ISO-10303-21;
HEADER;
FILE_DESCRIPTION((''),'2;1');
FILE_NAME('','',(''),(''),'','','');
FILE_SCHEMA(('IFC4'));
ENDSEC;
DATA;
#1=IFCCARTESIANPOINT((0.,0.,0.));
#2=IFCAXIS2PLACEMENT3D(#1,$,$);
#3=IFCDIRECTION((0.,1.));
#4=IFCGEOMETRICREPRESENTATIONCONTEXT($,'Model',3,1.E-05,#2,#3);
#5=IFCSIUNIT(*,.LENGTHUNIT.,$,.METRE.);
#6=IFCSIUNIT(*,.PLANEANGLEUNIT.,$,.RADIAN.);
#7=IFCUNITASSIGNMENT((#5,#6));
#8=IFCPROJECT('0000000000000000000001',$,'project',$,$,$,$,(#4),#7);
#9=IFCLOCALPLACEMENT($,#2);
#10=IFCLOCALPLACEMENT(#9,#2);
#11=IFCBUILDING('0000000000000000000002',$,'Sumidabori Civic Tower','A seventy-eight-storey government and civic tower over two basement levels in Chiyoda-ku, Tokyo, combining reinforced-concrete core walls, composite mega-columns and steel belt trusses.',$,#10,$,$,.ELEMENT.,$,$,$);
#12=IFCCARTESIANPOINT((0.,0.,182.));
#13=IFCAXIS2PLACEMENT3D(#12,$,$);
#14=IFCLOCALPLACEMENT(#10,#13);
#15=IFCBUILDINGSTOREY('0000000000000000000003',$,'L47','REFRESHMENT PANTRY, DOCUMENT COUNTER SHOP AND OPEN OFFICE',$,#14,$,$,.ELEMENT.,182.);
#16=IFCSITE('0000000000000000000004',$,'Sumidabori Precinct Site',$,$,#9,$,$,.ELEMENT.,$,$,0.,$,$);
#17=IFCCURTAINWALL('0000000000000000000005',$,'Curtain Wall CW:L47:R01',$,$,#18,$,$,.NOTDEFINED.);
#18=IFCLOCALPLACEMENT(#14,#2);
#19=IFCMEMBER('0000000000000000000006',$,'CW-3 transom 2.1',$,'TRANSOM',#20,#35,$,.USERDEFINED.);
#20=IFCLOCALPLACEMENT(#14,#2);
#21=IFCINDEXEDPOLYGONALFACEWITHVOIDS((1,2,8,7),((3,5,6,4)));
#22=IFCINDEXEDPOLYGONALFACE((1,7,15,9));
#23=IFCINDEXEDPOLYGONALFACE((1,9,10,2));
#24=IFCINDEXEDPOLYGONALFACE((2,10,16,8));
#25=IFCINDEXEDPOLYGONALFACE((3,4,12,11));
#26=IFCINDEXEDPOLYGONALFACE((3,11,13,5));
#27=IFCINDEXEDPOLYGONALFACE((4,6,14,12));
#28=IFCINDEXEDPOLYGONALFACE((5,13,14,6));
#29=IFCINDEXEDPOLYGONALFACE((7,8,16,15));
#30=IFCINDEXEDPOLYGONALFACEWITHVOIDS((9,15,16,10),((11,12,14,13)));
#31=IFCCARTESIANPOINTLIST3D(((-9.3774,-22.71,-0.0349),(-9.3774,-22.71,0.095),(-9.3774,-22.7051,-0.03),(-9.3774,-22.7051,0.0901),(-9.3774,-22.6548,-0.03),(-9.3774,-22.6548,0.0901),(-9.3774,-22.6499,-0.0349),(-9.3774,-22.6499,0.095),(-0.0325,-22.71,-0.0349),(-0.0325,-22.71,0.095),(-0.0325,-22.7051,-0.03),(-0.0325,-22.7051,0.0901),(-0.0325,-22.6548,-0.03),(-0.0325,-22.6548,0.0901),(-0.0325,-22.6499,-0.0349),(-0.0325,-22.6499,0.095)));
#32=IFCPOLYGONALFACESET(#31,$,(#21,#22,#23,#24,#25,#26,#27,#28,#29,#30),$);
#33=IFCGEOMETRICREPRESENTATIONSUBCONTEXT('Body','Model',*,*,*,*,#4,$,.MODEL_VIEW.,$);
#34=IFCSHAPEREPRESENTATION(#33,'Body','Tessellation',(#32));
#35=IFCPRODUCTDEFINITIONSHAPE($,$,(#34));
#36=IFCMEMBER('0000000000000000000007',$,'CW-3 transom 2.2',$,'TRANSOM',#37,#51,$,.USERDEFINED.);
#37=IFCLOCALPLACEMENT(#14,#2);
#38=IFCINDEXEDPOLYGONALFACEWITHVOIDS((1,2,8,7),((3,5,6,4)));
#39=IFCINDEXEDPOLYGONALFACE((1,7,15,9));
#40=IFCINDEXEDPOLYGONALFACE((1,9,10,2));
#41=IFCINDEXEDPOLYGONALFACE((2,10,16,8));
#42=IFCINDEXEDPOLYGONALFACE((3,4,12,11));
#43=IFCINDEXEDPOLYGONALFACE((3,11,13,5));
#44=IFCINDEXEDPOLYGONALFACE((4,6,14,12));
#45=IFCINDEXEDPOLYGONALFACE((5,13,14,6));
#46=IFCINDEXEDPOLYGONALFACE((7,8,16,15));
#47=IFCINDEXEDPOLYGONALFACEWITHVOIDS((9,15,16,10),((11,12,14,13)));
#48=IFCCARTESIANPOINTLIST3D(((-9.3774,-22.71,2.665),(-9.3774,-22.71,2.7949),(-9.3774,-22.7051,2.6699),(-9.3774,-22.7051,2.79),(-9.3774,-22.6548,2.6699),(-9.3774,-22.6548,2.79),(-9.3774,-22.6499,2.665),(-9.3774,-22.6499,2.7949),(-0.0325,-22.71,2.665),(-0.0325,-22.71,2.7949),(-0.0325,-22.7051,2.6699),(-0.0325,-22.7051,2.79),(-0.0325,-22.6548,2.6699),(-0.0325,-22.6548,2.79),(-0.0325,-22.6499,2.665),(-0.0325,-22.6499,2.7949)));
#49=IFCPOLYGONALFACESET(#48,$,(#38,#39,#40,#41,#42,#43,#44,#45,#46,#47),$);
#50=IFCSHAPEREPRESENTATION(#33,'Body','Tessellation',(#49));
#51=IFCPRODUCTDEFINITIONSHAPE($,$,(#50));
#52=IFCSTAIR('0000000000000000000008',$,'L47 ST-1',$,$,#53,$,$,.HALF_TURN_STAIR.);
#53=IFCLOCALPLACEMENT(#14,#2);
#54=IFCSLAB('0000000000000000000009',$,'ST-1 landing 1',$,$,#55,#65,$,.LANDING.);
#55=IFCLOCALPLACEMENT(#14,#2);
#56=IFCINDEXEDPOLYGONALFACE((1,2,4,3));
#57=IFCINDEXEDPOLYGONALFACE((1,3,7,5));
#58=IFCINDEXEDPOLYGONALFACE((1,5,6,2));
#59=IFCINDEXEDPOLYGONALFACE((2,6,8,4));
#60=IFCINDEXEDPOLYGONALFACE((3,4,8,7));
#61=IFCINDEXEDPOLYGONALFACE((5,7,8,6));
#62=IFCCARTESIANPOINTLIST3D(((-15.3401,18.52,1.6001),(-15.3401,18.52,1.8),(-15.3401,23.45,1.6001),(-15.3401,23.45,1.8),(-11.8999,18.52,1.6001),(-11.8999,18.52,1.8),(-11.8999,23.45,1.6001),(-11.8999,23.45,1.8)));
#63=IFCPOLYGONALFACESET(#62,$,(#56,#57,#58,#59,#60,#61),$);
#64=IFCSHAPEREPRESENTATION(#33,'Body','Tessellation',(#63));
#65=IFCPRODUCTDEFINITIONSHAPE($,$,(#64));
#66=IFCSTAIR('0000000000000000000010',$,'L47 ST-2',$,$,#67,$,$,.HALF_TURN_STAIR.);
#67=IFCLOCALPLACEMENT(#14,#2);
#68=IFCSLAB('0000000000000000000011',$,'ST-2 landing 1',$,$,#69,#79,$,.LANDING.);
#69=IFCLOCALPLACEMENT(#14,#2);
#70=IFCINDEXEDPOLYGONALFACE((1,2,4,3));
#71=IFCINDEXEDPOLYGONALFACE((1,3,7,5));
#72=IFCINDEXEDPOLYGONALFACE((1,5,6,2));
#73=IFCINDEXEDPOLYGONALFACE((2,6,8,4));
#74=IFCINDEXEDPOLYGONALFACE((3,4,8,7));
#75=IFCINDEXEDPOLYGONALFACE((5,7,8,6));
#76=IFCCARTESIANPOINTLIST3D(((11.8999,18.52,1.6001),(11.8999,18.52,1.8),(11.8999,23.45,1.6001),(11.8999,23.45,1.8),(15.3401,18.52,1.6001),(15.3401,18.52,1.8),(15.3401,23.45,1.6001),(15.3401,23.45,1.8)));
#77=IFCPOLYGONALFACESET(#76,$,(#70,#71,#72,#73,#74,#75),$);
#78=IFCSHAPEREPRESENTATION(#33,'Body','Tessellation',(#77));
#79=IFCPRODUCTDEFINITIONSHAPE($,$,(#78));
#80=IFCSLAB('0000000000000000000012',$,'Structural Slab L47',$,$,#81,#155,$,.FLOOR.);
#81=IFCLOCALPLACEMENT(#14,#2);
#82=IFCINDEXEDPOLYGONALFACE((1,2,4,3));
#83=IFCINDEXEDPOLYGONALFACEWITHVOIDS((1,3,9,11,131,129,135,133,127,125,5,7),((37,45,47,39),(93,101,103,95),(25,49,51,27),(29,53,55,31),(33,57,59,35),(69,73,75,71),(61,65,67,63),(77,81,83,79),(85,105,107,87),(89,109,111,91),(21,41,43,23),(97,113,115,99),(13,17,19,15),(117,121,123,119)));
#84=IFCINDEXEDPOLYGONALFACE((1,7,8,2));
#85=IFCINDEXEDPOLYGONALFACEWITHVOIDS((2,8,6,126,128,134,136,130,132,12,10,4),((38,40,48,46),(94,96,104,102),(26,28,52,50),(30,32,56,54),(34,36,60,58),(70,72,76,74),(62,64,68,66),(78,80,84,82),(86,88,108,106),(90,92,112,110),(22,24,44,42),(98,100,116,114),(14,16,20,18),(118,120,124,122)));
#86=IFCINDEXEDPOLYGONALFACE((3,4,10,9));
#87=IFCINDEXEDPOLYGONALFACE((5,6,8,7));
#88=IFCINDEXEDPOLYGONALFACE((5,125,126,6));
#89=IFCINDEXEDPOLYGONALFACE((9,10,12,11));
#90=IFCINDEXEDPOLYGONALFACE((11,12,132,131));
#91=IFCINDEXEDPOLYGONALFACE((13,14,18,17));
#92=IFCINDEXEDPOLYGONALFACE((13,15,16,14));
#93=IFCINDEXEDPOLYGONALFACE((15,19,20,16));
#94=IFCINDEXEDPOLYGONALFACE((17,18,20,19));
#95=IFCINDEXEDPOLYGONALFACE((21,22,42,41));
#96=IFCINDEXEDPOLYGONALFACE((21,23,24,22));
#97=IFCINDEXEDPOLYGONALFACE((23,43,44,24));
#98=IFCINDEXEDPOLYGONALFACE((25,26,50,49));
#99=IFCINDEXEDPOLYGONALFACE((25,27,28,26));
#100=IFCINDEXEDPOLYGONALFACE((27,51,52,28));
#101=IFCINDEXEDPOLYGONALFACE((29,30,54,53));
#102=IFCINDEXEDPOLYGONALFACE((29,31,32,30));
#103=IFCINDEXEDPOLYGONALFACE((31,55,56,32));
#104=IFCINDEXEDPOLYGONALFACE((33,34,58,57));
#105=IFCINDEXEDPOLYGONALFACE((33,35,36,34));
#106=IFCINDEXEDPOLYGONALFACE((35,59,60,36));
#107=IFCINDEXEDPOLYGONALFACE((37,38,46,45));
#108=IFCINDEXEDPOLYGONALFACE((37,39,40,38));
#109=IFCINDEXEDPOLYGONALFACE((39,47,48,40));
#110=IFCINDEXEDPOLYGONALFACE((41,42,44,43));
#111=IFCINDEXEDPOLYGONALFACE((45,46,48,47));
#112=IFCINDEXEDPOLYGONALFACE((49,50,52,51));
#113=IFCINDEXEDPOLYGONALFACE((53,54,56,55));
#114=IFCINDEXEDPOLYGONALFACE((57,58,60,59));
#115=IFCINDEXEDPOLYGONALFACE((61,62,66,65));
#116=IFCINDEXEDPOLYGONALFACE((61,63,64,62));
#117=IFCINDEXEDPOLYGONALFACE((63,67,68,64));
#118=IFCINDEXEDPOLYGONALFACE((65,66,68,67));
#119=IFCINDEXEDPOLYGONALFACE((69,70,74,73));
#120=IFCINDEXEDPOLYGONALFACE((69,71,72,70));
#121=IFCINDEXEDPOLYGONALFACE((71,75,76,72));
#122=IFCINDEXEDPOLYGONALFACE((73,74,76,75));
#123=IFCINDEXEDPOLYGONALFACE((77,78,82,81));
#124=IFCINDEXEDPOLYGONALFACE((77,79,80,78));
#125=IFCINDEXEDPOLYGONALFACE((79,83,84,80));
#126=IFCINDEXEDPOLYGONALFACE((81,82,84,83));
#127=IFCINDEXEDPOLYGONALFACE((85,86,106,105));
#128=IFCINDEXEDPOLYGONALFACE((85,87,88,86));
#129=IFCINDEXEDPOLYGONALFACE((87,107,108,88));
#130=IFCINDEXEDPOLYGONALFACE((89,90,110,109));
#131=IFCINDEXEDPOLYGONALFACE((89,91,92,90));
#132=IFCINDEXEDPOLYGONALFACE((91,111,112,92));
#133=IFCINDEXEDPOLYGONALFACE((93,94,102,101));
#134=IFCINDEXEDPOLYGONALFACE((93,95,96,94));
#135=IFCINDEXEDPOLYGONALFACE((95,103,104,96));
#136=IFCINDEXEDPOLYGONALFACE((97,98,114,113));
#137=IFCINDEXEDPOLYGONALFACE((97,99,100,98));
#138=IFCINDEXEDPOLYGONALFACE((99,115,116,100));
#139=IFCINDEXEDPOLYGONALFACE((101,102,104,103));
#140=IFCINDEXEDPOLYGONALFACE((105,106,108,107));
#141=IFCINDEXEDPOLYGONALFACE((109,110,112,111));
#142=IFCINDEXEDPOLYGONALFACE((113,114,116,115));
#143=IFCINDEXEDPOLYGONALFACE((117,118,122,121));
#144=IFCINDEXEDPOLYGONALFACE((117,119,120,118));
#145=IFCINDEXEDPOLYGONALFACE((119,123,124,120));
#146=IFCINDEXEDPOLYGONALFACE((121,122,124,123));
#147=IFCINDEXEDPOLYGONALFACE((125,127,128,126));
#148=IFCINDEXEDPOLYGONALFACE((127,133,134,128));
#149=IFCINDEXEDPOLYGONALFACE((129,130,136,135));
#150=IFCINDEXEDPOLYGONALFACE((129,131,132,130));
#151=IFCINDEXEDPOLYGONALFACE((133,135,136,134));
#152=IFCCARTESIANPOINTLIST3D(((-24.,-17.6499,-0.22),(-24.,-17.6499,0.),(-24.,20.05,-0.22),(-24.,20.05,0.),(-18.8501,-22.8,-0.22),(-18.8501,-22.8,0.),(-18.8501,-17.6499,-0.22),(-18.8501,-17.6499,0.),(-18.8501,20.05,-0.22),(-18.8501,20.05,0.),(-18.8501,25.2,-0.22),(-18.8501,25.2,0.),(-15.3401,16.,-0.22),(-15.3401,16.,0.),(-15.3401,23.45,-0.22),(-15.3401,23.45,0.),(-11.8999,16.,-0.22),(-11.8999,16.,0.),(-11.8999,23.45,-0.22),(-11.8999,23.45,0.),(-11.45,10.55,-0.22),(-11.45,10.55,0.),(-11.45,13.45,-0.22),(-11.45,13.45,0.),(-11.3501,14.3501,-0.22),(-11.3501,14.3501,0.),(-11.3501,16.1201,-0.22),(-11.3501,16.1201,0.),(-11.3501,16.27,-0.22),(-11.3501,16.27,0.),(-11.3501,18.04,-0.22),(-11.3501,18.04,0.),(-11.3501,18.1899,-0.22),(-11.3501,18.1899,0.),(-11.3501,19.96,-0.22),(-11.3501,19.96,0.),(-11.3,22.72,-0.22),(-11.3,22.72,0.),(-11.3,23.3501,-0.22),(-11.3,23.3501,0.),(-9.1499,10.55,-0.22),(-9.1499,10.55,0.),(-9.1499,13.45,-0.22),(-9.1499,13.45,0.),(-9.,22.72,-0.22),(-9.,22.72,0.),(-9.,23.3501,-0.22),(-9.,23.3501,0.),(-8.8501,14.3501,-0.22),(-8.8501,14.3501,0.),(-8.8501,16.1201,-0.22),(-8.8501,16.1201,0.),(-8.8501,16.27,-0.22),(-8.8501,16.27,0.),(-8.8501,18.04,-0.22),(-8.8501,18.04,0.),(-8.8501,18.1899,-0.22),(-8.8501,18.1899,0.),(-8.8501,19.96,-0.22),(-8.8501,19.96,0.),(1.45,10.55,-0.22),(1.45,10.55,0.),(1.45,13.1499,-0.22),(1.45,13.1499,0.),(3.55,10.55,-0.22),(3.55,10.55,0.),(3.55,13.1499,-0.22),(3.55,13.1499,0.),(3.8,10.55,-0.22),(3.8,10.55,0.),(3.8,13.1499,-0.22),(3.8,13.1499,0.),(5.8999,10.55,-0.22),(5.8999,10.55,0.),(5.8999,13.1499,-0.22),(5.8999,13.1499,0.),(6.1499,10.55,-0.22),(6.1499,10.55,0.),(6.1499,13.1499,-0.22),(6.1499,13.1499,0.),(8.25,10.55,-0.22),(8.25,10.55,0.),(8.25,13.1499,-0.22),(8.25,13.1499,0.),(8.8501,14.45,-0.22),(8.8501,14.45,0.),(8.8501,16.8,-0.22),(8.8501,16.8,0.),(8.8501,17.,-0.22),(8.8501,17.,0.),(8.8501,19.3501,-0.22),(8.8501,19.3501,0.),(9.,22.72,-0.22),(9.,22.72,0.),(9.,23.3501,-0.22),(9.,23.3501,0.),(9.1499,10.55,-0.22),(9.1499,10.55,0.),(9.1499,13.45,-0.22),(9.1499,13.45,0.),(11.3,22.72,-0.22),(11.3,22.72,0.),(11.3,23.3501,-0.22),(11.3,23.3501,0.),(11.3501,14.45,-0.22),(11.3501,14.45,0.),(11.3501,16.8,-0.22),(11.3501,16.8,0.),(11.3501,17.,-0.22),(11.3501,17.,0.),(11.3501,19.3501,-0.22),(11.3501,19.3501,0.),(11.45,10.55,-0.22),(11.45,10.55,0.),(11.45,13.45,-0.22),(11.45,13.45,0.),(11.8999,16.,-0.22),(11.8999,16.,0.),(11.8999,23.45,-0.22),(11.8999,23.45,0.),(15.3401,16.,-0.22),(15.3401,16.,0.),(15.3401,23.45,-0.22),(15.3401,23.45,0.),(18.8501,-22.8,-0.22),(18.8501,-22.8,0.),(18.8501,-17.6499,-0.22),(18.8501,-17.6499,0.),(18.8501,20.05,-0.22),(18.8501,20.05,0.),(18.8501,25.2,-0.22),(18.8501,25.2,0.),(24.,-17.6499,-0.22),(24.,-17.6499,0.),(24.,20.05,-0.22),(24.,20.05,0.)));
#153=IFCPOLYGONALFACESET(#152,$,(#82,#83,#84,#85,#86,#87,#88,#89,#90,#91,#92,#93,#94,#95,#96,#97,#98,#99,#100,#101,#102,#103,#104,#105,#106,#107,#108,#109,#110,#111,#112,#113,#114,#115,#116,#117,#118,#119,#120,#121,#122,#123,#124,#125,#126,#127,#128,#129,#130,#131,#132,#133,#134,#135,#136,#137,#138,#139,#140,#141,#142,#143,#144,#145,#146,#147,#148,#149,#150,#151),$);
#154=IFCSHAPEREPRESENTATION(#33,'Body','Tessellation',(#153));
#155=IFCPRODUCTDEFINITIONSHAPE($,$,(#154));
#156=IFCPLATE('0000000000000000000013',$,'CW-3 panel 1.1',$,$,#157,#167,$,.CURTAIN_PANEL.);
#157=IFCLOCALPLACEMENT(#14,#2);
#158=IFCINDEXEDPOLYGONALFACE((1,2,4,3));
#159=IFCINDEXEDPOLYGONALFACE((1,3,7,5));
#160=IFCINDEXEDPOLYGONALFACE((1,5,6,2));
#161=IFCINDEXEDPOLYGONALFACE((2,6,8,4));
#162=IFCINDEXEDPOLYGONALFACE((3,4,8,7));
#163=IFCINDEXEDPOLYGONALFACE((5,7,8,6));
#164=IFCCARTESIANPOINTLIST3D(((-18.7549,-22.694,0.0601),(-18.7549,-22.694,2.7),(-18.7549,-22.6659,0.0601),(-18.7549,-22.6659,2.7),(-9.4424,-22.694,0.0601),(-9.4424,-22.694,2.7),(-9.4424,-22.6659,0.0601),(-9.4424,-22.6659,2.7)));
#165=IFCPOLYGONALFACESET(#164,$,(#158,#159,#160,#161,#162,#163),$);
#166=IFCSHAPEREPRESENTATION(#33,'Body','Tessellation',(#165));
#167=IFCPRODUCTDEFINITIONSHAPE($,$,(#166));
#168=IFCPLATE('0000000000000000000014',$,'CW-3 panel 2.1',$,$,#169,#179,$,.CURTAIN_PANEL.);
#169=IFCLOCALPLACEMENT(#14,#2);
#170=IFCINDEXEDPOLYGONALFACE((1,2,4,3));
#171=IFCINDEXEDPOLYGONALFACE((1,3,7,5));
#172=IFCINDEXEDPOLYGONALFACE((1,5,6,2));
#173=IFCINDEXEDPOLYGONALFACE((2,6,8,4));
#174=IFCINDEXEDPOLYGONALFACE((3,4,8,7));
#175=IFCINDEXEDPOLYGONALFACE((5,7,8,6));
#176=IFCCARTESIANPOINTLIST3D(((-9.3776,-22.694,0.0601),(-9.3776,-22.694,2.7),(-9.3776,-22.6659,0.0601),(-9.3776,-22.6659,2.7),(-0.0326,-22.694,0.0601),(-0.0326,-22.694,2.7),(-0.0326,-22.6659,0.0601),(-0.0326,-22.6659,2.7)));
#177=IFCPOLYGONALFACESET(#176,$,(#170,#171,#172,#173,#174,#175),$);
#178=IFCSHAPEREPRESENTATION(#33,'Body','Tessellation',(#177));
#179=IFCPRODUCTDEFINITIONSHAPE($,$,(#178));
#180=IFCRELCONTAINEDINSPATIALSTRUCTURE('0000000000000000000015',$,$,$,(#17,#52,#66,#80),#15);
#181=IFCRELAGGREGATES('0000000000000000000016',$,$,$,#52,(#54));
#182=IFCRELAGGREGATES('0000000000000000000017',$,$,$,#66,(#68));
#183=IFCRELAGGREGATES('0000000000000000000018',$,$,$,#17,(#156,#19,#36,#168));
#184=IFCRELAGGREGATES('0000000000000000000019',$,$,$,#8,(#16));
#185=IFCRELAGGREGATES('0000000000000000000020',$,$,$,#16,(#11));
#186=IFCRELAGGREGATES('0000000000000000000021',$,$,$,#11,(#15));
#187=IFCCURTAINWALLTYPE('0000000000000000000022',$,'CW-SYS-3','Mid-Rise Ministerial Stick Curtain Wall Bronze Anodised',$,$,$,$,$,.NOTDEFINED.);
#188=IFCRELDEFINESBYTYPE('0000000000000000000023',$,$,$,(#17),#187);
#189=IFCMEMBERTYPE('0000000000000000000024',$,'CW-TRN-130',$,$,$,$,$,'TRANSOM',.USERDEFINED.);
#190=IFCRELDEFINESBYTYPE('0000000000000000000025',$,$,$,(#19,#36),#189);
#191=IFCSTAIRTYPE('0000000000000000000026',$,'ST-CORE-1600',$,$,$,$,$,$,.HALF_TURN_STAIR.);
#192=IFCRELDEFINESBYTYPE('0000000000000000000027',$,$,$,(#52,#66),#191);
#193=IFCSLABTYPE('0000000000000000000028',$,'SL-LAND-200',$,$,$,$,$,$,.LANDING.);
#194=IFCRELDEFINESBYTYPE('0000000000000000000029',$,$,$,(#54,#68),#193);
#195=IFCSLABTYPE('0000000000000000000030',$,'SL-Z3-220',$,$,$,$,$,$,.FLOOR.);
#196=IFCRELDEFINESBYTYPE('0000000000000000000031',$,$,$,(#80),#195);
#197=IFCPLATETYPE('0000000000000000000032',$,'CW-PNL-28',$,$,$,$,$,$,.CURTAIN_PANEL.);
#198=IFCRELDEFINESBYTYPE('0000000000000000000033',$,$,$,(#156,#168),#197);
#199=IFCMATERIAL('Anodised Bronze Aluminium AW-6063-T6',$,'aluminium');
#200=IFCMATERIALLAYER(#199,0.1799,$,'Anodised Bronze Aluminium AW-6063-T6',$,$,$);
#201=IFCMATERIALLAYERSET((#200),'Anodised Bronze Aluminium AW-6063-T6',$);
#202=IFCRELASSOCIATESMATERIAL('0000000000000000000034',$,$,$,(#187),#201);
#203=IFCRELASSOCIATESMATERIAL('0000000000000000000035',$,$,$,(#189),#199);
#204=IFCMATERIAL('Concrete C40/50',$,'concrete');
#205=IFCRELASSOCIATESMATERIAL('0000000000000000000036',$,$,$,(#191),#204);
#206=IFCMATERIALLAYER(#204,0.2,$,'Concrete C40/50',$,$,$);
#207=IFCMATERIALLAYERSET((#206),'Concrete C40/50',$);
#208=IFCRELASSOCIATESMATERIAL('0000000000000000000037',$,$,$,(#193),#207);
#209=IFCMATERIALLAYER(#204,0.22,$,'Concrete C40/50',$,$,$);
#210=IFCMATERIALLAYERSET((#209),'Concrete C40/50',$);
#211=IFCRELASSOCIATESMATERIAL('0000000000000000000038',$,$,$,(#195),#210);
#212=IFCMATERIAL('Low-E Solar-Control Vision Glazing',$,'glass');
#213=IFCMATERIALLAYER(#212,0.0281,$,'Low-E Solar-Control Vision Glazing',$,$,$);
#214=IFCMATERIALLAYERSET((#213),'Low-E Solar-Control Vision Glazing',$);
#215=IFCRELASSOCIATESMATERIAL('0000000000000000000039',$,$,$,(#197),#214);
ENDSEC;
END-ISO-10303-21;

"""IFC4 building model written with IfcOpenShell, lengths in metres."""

from ifc_helpers import new_model, si_unit, direction, frame, origin, origin_2d, place, context, subcontext, project, spatial, polyline, rectangle, hollow_rectangle, outline, extrude, source, transform, mapped, material, layer, layer_set, material_profile, profile_set, type_object, element, aggregate, save


model = new_model("IFC4")

# Units and contexts
model_context = context("Model", 3, precision=1e-05, world=origin(), true_north=direction((0.0, 1.0)))
body_context = subcontext(model_context, "Body", "Model", "MODEL_VIEW")
ifc_project = project(units=[si_unit("LENGTHUNIT", "METRE"), si_unit("PLANEANGLEUNIT", "RADIAN")], contexts=[model_context])

# Site, building, storey
site_placement = place(None, origin())
site = spatial("IfcSite", under=ifc_project, at=site_placement, Name="Sumidabori Precinct Site", CompositionType="ELEMENT", RefElevation=0.0)
building_placement = place(site_placement, origin())
building = spatial("IfcBuilding", under=site, at=building_placement, Name="Sumidabori Civic Tower", Description="A seventy-eight-storey government and civic tower over two basement levels in Chiyoda-ku, Tokyo, combining reinforced-concrete core walls, composite mega-columns and steel belt trusses.", CompositionType="ELEMENT")
storey_placement = place(building_placement, frame((0.0, 0.0, 182.0)))
storey = spatial("IfcBuildingStorey", under=building, at=storey_placement, Name="L47", Description="REFRESHMENT PANTRY, DOCUMENT COUNTER SHOP AND OPEN OFFICE", CompositionType="ELEMENT", Elevation=182.0)

# Curtain wall, members
ifc_material_1 = material(Name="Anodised Bronze Aluminium AW-6063-T6", Category="aluminium")
ifc_layer_1 = layer(ifc_material_1, 0.1799, Name="Anodised Bronze Aluminium AW-6063-T6")
ifc_layer_set_1 = layer_set([ifc_layer_1], Name="Anodised Bronze Aluminium AW-6063-T6")
curtain_wall_type = type_object("IfcCurtainWallType", Name="CW-SYS-3", Description="Mid-Rise Ministerial Stick Curtain Wall Bronze Anodised", PredefinedType="NOTDEFINED", material=ifc_layer_set_1)
curtain_wall_placement = place(storey_placement, origin())
curtain_wall = element("IfcCurtainWall", 1, at=curtain_wall_placement, inside=storey, type_object=curtain_wall_type, Name="Curtain Wall CW:L47:R01", PredefinedType="NOTDEFINED")
ifc_material_profile_1 = material_profile(ifc_material_1, hollow_rectangle(XDim=0.0601, YDim=0.1299, WallThickness=0.0049, at=origin_2d()), Name="ALU TRANSOM 130x60")
ifc_profile_set_1 = profile_set([ifc_material_profile_1], Name="Anodised Bronze Aluminium AW-6063-T6")
member_type_1 = type_object("IfcMemberType", Name="CW-TRN-130", ElementType="TRANSOM", PredefinedType="USERDEFINED", material=ifc_profile_set_1)
shared_shape_1 = source(origin(), body_context, "Body", "SweptSolid", [
    extrude(hollow_rectangle(XDim=0.0601, YDim=0.1299, WallThickness=0.0049, at=origin_2d()), origin(), (0.0, 0.0, 1.0), 9.345),
])
member_1_placement = place(storey_placement, frame((-9.3774, -22.6799, 0.03), z_axis=(1.0, 0.0, 0.0), x_axis=(0.0, 1.0, 0.0)))
member_1 = element("IfcMember", 2, at=member_1_placement, type_object=member_type_1, Name="CW-3 transom 2.1", ObjectType="TRANSOM", PredefinedType="USERDEFINED", context=body_context, shape_type="MappedRepresentation", body=[
    mapped(shared_shape_1, transform((0.0, 0.0, 0.0), x_axis=(1.0, 0.0, 0.0), y_axis=(0.0, 1.0, 0.0), z_axis=(0.0, 0.0, 1.0), scale=1.0)),
])
member_2_placement = place(storey_placement, frame((-9.3774, -22.6799, 2.73), z_axis=(1.0, 0.0, 0.0), x_axis=(0.0, 1.0, 0.0)))
member_2 = element("IfcMember", 3, at=member_2_placement, type_object=member_type_1, Name="CW-3 transom 2.2", ObjectType="TRANSOM", PredefinedType="USERDEFINED", context=body_context, shape_type="MappedRepresentation", body=[
    mapped(shared_shape_1, transform((0.0, 0.0, 0.0), x_axis=(1.0, 0.0, 0.0), y_axis=(0.0, 1.0, 0.0), z_axis=(0.0, 0.0, 1.0), scale=1.0)),
])

# Stairs, slabs
ifc_material_2 = material(Name="Concrete C40/50", Category="concrete")
stair_type = type_object("IfcStairType", Name="ST-CORE-1600", PredefinedType="HALF_TURN_STAIR", material=ifc_material_2)
stair_1_placement = place(storey_placement, origin())
stair_1 = element("IfcStair", 4, at=stair_1_placement, inside=storey, type_object=stair_type, Name="L47 ST-1", PredefinedType="HALF_TURN_STAIR")
ifc_layer_2 = layer(ifc_material_2, 0.2, Name="Concrete C40/50")
ifc_layer_set_2 = layer_set([ifc_layer_2], Name="Concrete C40/50")
slab_type_1 = type_object("IfcSlabType", Name="SL-LAND-200", PredefinedType="LANDING", material=ifc_layer_set_2)
slab_1_placement = place(storey_placement, frame((0.0, 0.0, 1.6001)))
slab_1 = element("IfcSlab", 5, at=slab_1_placement, type_object=slab_type_1, Name="ST-1 landing 1", PredefinedType="LANDING", context=body_context, shape_type="SweptSolid", body=[
    extrude(outline(polyline([(-11.8999, 18.52), (-11.8999, 23.45), (-15.3401, 23.45), (-15.3401, 18.52), (-11.8999, 18.52)])), origin(), (0.0, 0.0, 1.0), 0.2),
])
aggregate(stair_1, [slab_1])
stair_2_placement = place(storey_placement, origin())
stair_2 = element("IfcStair", 6, at=stair_2_placement, inside=storey, type_object=stair_type, Name="L47 ST-2", PredefinedType="HALF_TURN_STAIR")
slab_2_placement = place(storey_placement, frame((0.0, 0.0, 1.6001)))
slab_2 = element("IfcSlab", 7, at=slab_2_placement, type_object=slab_type_1, Name="ST-2 landing 1", PredefinedType="LANDING", context=body_context, shape_type="SweptSolid", body=[
    extrude(outline(polyline([(15.3401, 18.52), (15.3401, 23.45), (11.8999, 23.45), (11.8999, 18.52), (15.3401, 18.52)])), origin(), (0.0, 0.0, 1.0), 0.2),
])
aggregate(stair_2, [slab_2])

# Slab
ifc_layer_3 = layer(ifc_material_2, 0.22, Name="Concrete C40/50")
ifc_layer_set_3 = layer_set([ifc_layer_3], Name="Concrete C40/50")
slab_type_2 = type_object("IfcSlabType", Name="SL-Z3-220", PredefinedType="FLOOR", material=ifc_layer_set_3)
slab_3_placement = place(storey_placement, frame((0.0, 0.0, -0.22)))
element("IfcSlab", 8, at=slab_3_placement, inside=storey, type_object=slab_type_2, Name="Structural Slab L47", PredefinedType="FLOOR", context=body_context, shape_type="SweptSolid", body=[
    extrude(outline(polyline([(-18.8501, -22.8), (18.8501, -22.8), (18.8501, -17.6499), (24.0, -17.6499), (24.0, 20.05), (18.8501, 20.05), (18.8501, 25.2), (-18.8501, 25.2), (-18.8501, 20.05), (-24.0, 20.05), (-24.0, -17.6499), (-18.8501, -17.6499), (-18.8501, -22.8)]), holes=[polyline([(-11.8999, 16.0), (-11.8999, 23.45), (-15.3401, 23.45), (-15.3401, 16.0), (-11.8999, 16.0)]), polyline([(15.3401, 16.0), (15.3401, 23.45), (11.8999, 23.45), (11.8999, 16.0), (15.3401, 16.0)]), polyline([(-11.45, 10.55), (-9.1499, 10.55), (-9.1499, 13.45), (-11.45, 13.45), (-11.45, 10.55)]), polyline([(9.1499, 10.55), (11.45, 10.55), (11.45, 13.45), (9.1499, 13.45), (9.1499, 10.55)]), polyline([(1.45, 10.55), (3.55, 10.55), (3.55, 13.1499), (1.45, 13.1499), (1.45, 10.55)]), polyline([(3.8, 10.55), (5.8999, 10.55), (5.8999, 13.1499), (3.8, 13.1499), (3.8, 10.55)]), polyline([(6.1499, 10.55), (8.25, 10.55), (8.25, 13.1499), (6.1499, 13.1499), (6.1499, 10.55)]), polyline([(-11.3501, 14.3501), (-8.8501, 14.3501), (-8.8501, 16.1201), (-11.3501, 16.1201), (-11.3501, 14.3501)]), polyline([(-11.3501, 16.27), (-8.8501, 16.27), (-8.8501, 18.04), (-11.3501, 18.04), (-11.3501, 16.27)]), polyline([(-11.3501, 18.1899), (-8.8501, 18.1899), (-8.8501, 19.96), (-11.3501, 19.96), (-11.3501, 18.1899)]), polyline([(8.8501, 14.45), (11.3501, 14.45), (11.3501, 16.8), (8.8501, 16.8), (8.8501, 14.45)]), polyline([(8.8501, 17.0), (11.3501, 17.0), (11.3501, 19.3501), (8.8501, 19.3501), (8.8501, 17.0)]), polyline([(-11.3, 22.72), (-9.0, 22.72), (-9.0, 23.3501), (-11.3, 23.3501), (-11.3, 22.72)]), polyline([(9.0, 22.72), (11.3, 22.72), (11.3, 23.3501), (9.0, 23.3501), (9.0, 22.72)])]), origin(), (0.0, 0.0, 1.0), 0.22),
])

# Plates
ifc_material_3 = material(Name="Low-E Solar-Control Vision Glazing", Category="glass")
ifc_layer_4 = layer(ifc_material_3, 0.0281, Name="Low-E Solar-Control Vision Glazing")
ifc_layer_set_4 = layer_set([ifc_layer_4], Name="Low-E Solar-Control Vision Glazing")
plate_type = type_object("IfcPlateType", Name="CW-PNL-28", PredefinedType="CURTAIN_PANEL", material=ifc_layer_set_4)
shared_shape_2 = source(origin(), body_context, "Body", "SweptSolid", [
    extrude(rectangle(XDim=9.3125, YDim=0.0281, at=origin_2d()), origin(), (0.0, 0.0, 1.0), 2.6399),
])
plate_1_placement = place(storey_placement, frame((-14.0986, -22.6799, 0.0601), z_axis=(0.0, 0.0, 1.0), x_axis=(1.0, 0.0, 0.0)))
plate_1 = element("IfcPlate", 9, at=plate_1_placement, type_object=plate_type, Name="CW-3 panel 1.1", PredefinedType="CURTAIN_PANEL", context=body_context, shape_type="MappedRepresentation", body=[
    mapped(shared_shape_2, transform((0.0, 0.0, 0.0), x_axis=(1.0, 0.0, 0.0), y_axis=(0.0, 1.0, 0.0), z_axis=(0.0, 0.0, 1.0), scale=1.0)),
])
shared_shape_3 = source(origin(), body_context, "Body", "SweptSolid", [
    extrude(rectangle(XDim=9.345, YDim=0.0281, at=origin_2d()), origin(), (0.0, 0.0, 1.0), 2.6399),
])
plate_2_placement = place(storey_placement, frame((-4.7051, -22.6799, 0.0601), z_axis=(0.0, 0.0, 1.0), x_axis=(1.0, 0.0, 0.0)))
plate_2 = element("IfcPlate", 10, at=plate_2_placement, type_object=plate_type, Name="CW-3 panel 2.1", PredefinedType="CURTAIN_PANEL", context=body_context, shape_type="MappedRepresentation", body=[
    mapped(shared_shape_3, transform((0.0, 0.0, 0.0), x_axis=(1.0, 0.0, 0.0), y_axis=(0.0, 1.0, 0.0), z_axis=(0.0, 0.0, 1.0), scale=1.0)),
])
aggregate(curtain_wall, [plate_1, member_1, member_2, plate_2])

save(model, "model.ifc")
